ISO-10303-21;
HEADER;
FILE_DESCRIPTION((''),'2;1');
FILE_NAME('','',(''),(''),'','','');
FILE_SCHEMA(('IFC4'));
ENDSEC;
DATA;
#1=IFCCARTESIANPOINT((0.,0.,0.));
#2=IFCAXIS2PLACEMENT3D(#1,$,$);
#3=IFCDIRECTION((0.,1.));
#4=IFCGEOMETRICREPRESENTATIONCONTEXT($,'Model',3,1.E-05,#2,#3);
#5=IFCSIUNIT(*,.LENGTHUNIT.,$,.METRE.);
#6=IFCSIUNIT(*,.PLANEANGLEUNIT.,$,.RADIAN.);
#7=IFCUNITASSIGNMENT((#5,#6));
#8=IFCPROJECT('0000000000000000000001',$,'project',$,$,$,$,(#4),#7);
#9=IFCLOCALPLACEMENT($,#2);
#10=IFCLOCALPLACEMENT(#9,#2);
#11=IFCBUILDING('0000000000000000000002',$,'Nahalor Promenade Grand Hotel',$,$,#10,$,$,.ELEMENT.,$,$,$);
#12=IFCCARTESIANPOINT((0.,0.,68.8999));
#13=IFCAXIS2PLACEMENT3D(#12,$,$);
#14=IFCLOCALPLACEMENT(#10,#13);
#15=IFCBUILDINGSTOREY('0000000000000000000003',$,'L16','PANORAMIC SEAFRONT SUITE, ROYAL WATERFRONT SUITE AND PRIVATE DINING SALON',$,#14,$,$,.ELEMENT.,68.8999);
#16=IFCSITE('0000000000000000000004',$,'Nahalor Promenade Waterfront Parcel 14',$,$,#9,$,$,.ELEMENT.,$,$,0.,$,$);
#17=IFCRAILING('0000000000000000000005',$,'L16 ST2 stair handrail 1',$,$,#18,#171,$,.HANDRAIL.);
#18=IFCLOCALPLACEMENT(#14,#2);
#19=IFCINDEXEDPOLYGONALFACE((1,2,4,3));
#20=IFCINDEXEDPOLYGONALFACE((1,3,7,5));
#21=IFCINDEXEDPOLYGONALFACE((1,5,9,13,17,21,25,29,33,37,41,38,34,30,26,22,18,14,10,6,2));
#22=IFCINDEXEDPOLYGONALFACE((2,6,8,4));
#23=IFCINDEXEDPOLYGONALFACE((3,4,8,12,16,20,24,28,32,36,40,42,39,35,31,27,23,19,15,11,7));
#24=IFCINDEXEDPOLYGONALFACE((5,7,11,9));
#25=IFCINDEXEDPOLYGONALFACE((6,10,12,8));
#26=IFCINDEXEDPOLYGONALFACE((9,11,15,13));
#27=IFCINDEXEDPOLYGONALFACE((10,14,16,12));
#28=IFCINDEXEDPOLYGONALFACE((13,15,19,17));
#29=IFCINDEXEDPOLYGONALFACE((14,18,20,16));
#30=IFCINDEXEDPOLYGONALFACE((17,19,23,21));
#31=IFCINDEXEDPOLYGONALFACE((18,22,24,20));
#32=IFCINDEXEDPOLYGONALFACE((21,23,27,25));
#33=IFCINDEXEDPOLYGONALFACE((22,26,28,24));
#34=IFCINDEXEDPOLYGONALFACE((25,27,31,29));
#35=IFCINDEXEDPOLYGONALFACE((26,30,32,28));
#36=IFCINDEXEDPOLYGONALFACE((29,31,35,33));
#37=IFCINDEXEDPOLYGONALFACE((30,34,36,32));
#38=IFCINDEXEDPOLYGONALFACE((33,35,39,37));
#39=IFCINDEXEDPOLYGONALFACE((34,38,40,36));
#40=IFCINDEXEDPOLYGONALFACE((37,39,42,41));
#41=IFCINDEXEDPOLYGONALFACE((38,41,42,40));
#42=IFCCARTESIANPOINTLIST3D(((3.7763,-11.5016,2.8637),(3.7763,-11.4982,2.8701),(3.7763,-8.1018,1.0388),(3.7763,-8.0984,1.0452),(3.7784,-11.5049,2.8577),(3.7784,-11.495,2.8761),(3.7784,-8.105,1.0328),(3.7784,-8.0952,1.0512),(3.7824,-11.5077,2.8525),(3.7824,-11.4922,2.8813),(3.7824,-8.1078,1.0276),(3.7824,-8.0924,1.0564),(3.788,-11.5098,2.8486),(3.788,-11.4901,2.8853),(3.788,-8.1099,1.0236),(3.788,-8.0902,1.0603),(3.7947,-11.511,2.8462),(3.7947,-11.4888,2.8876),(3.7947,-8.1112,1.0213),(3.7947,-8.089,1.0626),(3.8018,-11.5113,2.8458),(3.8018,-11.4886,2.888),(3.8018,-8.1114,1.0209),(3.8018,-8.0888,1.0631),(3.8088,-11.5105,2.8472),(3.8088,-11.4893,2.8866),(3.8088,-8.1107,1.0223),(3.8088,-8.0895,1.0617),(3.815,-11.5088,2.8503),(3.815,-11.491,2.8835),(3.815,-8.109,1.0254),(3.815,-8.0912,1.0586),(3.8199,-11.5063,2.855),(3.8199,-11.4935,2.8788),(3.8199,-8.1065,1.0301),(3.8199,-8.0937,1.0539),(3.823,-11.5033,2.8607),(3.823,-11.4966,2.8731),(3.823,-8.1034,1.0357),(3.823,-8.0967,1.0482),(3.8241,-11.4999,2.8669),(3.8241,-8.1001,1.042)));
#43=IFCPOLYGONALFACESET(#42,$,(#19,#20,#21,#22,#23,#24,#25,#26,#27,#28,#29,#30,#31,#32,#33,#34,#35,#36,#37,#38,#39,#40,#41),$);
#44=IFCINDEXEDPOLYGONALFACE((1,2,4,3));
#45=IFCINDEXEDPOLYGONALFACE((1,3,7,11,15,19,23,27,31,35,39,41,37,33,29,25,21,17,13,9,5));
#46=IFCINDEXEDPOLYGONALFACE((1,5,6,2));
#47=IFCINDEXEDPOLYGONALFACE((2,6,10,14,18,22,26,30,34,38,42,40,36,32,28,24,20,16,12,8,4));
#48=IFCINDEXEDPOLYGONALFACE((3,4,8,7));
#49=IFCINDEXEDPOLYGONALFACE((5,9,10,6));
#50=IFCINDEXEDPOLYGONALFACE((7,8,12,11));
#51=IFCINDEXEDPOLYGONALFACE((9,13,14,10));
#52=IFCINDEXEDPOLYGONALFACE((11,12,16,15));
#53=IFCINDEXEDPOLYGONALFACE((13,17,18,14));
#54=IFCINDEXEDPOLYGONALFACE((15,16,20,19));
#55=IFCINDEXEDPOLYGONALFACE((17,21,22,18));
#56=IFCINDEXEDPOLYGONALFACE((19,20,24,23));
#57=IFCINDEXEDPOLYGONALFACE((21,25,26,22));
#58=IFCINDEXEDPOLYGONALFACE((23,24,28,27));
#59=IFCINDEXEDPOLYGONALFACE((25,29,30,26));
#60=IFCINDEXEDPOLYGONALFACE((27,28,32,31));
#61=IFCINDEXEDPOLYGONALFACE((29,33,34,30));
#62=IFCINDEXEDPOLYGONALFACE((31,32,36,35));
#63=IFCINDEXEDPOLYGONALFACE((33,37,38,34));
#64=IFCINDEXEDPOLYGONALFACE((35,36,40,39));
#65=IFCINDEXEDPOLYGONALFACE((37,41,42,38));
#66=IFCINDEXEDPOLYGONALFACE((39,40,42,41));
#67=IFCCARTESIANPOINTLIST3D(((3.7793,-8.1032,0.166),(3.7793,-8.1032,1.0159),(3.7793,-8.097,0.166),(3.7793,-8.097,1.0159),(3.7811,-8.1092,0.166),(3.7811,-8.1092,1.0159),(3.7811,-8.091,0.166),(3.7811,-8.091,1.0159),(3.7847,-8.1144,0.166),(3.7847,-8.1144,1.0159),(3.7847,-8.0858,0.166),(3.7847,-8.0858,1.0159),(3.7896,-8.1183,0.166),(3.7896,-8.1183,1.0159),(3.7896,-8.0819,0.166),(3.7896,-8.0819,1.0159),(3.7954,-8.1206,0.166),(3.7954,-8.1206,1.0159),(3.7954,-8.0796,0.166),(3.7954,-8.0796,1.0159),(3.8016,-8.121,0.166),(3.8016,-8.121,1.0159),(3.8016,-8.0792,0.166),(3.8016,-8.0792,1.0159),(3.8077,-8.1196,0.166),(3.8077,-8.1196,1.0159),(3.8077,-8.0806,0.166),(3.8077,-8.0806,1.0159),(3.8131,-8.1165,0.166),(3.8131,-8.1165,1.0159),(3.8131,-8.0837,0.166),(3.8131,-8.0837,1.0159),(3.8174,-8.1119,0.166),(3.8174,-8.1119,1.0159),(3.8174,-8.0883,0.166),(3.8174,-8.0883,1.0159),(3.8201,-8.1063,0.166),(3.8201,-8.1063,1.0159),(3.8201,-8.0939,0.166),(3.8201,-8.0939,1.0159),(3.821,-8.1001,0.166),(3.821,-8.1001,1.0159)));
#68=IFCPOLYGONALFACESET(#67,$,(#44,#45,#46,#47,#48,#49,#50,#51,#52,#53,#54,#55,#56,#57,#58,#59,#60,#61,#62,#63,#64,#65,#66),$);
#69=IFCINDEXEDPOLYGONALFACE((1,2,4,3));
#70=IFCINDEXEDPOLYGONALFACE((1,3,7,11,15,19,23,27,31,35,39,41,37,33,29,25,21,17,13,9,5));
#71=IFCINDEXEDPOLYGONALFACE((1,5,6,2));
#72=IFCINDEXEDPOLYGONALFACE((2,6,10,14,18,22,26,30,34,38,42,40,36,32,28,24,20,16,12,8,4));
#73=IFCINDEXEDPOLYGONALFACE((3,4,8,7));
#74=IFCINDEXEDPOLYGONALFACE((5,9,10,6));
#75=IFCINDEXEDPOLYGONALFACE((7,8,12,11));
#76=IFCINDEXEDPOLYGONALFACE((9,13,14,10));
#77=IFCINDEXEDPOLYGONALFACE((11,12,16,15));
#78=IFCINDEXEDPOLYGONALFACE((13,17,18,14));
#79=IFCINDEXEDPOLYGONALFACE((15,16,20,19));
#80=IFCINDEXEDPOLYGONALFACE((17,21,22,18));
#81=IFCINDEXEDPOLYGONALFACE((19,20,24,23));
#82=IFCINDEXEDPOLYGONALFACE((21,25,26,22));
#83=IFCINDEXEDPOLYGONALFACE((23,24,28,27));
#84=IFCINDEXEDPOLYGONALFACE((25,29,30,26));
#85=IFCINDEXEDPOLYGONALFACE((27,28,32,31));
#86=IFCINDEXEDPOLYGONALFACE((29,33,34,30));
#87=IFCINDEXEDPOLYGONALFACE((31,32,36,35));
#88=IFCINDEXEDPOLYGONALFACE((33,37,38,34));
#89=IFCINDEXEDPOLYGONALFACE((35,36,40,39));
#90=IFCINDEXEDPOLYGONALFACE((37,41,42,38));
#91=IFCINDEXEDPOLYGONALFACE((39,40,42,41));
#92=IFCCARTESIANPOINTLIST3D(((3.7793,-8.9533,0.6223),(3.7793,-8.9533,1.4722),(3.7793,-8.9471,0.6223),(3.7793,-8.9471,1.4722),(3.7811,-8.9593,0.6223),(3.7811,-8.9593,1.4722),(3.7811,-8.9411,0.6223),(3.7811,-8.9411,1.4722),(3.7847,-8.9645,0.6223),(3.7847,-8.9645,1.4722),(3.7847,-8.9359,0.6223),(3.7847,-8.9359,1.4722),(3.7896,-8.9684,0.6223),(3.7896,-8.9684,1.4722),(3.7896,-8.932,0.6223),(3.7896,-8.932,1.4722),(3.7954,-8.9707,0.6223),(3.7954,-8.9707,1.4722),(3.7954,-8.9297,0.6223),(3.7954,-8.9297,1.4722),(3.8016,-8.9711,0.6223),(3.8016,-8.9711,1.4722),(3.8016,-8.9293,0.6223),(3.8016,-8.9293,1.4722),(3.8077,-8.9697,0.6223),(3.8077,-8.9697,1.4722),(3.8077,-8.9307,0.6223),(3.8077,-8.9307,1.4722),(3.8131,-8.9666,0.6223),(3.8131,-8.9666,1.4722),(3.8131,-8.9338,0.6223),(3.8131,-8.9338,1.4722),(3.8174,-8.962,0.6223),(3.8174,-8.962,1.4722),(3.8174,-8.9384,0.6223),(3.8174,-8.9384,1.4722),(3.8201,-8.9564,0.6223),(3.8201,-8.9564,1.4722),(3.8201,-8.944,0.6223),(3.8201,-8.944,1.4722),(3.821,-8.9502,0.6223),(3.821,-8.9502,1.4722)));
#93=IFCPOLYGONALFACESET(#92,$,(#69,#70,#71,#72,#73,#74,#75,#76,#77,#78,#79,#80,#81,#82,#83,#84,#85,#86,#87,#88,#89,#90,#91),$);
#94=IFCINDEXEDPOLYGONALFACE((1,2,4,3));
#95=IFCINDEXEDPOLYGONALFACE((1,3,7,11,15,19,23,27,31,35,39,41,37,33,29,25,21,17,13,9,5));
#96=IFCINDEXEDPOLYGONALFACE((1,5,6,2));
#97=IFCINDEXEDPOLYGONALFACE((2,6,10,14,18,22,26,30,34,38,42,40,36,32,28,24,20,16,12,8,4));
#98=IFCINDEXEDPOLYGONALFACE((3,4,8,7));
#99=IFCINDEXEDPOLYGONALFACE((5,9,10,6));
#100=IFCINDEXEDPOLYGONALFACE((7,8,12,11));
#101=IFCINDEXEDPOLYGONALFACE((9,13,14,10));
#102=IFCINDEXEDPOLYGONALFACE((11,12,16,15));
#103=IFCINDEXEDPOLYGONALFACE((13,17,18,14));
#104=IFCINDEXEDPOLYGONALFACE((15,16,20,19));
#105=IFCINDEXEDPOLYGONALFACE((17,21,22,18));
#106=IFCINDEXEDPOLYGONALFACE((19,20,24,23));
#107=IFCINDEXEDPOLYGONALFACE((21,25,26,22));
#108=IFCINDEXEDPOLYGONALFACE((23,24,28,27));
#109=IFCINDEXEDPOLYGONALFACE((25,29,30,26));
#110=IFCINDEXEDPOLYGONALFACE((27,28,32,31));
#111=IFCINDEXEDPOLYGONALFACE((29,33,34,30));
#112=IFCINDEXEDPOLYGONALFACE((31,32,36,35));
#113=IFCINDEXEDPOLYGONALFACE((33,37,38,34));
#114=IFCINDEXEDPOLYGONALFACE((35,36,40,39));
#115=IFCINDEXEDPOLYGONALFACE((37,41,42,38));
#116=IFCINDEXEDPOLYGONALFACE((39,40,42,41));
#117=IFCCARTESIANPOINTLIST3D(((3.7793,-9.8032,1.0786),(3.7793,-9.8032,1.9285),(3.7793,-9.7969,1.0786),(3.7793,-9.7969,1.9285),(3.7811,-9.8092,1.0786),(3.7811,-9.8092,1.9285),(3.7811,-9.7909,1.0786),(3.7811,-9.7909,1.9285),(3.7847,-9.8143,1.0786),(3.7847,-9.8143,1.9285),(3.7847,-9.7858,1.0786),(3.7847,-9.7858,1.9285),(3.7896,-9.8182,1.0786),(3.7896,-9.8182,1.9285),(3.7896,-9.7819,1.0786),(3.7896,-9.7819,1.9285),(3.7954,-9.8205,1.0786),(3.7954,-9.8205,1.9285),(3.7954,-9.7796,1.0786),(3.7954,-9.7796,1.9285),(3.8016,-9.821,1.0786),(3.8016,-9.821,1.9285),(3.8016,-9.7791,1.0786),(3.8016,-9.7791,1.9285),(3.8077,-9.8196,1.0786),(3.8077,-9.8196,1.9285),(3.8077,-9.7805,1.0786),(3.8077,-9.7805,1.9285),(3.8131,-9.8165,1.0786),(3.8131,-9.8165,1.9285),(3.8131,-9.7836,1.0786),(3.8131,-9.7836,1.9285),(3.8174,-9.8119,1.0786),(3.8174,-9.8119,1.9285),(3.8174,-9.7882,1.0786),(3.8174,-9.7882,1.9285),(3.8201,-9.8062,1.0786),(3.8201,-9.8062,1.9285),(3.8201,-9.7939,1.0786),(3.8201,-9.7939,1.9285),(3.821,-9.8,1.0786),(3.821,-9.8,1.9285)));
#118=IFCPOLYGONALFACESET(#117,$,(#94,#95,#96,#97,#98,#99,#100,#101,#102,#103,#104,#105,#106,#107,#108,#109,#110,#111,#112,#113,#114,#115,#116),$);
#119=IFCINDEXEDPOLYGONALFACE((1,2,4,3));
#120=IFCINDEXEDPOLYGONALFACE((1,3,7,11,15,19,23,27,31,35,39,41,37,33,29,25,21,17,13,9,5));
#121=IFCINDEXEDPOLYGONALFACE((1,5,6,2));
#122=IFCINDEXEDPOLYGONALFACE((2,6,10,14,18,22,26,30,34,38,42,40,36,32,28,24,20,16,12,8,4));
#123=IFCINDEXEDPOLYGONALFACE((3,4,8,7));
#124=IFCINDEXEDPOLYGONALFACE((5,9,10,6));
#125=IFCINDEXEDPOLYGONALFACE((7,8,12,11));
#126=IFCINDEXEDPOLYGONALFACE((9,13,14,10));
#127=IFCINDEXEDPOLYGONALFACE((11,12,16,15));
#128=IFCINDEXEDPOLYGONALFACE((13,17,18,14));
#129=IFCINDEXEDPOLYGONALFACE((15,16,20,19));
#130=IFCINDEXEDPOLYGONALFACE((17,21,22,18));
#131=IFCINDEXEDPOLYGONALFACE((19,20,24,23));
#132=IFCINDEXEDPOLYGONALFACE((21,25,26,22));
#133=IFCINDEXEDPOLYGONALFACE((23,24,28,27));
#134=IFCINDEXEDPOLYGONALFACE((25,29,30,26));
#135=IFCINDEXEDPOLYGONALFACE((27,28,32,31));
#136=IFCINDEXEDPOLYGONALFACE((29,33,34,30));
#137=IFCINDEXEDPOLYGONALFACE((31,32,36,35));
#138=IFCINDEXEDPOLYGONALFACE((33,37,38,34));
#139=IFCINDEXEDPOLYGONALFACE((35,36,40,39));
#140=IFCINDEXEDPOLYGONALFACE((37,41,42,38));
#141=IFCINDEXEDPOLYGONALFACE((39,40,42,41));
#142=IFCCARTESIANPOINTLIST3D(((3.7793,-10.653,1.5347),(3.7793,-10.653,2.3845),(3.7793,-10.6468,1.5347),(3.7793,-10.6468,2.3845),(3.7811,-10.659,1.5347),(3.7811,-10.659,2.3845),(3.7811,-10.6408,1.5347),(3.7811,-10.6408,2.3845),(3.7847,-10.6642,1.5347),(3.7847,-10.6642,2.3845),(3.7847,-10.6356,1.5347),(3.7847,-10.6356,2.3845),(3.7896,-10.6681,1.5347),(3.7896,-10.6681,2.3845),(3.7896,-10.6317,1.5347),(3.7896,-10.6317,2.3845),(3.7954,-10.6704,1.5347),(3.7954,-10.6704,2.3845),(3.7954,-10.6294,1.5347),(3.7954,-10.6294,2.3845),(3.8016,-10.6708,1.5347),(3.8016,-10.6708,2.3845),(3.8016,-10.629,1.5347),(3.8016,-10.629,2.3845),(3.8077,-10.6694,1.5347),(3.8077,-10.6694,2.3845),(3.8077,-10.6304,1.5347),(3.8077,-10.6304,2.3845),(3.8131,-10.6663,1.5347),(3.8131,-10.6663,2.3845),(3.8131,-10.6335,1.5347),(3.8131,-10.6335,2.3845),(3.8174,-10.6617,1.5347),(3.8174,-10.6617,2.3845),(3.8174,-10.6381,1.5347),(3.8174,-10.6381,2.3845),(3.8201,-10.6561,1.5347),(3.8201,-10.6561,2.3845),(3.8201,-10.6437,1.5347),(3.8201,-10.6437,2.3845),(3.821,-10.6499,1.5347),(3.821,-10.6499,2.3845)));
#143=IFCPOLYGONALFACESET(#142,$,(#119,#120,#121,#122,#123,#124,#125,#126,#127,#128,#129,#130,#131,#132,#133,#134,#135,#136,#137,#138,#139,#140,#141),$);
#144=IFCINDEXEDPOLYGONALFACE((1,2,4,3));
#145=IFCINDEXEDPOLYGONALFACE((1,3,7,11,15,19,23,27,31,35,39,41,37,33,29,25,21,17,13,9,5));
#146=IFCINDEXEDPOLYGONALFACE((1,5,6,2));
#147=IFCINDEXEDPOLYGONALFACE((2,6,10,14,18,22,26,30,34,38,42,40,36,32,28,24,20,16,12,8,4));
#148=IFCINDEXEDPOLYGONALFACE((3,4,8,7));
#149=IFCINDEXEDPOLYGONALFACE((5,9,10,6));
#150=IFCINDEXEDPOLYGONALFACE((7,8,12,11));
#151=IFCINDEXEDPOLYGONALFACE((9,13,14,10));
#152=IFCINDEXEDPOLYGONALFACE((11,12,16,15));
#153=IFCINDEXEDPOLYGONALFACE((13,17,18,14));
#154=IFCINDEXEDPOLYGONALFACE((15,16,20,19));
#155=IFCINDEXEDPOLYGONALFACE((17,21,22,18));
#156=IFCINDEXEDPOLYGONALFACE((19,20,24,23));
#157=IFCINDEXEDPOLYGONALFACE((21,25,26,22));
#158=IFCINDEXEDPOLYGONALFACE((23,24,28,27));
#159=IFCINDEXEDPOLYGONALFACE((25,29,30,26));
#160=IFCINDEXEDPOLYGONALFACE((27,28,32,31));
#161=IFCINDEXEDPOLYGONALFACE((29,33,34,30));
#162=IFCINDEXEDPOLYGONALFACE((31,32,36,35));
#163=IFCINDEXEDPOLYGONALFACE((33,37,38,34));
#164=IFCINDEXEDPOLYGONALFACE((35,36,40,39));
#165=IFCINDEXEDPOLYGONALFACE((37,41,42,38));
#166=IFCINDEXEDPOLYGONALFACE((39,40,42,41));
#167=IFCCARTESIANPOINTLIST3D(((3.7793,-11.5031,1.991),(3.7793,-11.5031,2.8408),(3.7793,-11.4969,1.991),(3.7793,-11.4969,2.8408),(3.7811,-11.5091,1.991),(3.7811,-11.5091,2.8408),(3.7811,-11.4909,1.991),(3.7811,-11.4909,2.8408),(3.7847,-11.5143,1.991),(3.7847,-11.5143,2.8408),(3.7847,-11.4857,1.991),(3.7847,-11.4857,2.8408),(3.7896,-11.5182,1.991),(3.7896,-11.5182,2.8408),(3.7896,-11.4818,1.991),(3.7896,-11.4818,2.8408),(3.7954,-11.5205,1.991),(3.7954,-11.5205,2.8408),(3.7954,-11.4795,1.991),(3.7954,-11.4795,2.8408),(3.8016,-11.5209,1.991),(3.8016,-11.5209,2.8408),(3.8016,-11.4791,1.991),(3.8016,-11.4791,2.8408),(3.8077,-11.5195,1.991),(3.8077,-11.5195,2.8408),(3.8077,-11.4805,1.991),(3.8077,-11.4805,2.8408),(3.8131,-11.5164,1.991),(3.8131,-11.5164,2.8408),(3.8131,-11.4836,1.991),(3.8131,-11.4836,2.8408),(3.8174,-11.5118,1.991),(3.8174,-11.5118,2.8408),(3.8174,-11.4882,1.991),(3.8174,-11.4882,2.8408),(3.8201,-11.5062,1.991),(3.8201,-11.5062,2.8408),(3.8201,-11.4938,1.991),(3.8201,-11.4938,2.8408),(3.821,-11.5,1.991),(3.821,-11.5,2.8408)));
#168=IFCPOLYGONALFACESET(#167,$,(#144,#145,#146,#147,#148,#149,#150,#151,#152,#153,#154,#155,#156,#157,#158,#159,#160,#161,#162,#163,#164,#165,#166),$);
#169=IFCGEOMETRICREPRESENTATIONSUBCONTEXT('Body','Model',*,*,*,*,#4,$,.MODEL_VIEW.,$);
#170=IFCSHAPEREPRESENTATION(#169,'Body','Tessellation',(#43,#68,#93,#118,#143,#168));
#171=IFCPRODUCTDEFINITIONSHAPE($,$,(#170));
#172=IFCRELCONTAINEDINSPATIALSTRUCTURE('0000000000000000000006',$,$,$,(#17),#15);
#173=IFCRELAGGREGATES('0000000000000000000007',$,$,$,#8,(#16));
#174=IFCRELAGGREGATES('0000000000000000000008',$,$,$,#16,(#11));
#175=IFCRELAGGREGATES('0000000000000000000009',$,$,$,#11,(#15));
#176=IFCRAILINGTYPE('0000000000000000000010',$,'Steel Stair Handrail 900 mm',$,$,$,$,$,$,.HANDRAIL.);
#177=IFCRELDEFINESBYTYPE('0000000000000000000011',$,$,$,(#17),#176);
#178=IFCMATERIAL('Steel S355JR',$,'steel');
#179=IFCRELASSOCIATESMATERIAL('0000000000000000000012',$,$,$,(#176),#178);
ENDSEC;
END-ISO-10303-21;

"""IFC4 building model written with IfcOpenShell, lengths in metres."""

from ifc_helpers import new_model, si_unit, direction, frame, origin, origin_2d, place, context, subcontext, project, spatial, circle, extrude, material, type_object, element, save


model = new_model("IFC4")

# Units and contexts
model_context = context("Model", 3, precision=1e-05, world=origin(), true_north=direction((0.0, 1.0)))
body_context = subcontext(model_context, "Body", "Model", "MODEL_VIEW")
ifc_project = project(units=[si_unit("LENGTHUNIT", "METRE"), si_unit("PLANEANGLEUNIT", "RADIAN")], contexts=[model_context])

# Site, building, storey
site_placement = place(None, origin())
site = spatial("IfcSite", under=ifc_project, at=site_placement, Name="Nahalor Promenade Waterfront Parcel 14", CompositionType="ELEMENT", RefElevation=0.0)
building_placement = place(site_placement, origin())
building = spatial("IfcBuilding", under=site, at=building_placement, Name="Nahalor Promenade Grand Hotel", CompositionType="ELEMENT")
storey_placement = place(building_placement, frame((0.0, 0.0, 68.8999)))
storey = spatial("IfcBuildingStorey", under=building, at=storey_placement, Name="L16", Description="PANORAMIC SEAFRONT SUITE, ROYAL WATERFRONT SUITE AND PRIVATE DINING SALON", CompositionType="ELEMENT", Elevation=68.8999)

# Shared definitions
ifc_material_1 = material(Name="Steel S355JR", Category="steel")

# Railing
railing_type_1 = type_object("IfcRailingType", Name="Steel Stair Handrail 900 mm", PredefinedType="HANDRAIL", material=ifc_material_1)
for number, where, name in (
    (1, (3.8, -8.1001, 0.166), "L16 ST2 stair handrail 1"),
):
    element("IfcRailing", number, at=place(storey_placement, frame(where)), inside=storey, type_object=railing_type_1, Name=name, PredefinedType="HANDRAIL", context=body_context, shape_type="SweptSolid", body=[
        extrude(circle(Radius=0.024, at=origin_2d()), frame((0.0, 0.0, 0.876), z_axis=(0.0, -0.881094, 0.472941), x_axis=(1.0, 0.0, 0.0)), (0.0, 0.0, 1.0), 3.8586),
        extrude(circle(Radius=0.021, at=origin_2d()), origin(), (0.0, 0.0, 1.0), 0.8499),
        extrude(circle(Radius=0.021, at=origin_2d()), frame((0.0, -0.8501, 0.4563)), (0.0, 0.0, 1.0), 0.8499),
        extrude(circle(Radius=0.021, at=origin_2d()), frame((0.0, -1.7, 0.9126)), (0.0, 0.0, 1.0), 0.8499),
        extrude(circle(Radius=0.021, at=origin_2d()), frame((0.0, -2.5498, 1.3687)), (0.0, 0.0, 1.0), 0.8499),
        extrude(circle(Radius=0.021, at=origin_2d()), frame((0.0, -3.3999, 1.825)), (0.0, 0.0, 1.0), 0.8499),
    ])

save(model, "model.ifc")
